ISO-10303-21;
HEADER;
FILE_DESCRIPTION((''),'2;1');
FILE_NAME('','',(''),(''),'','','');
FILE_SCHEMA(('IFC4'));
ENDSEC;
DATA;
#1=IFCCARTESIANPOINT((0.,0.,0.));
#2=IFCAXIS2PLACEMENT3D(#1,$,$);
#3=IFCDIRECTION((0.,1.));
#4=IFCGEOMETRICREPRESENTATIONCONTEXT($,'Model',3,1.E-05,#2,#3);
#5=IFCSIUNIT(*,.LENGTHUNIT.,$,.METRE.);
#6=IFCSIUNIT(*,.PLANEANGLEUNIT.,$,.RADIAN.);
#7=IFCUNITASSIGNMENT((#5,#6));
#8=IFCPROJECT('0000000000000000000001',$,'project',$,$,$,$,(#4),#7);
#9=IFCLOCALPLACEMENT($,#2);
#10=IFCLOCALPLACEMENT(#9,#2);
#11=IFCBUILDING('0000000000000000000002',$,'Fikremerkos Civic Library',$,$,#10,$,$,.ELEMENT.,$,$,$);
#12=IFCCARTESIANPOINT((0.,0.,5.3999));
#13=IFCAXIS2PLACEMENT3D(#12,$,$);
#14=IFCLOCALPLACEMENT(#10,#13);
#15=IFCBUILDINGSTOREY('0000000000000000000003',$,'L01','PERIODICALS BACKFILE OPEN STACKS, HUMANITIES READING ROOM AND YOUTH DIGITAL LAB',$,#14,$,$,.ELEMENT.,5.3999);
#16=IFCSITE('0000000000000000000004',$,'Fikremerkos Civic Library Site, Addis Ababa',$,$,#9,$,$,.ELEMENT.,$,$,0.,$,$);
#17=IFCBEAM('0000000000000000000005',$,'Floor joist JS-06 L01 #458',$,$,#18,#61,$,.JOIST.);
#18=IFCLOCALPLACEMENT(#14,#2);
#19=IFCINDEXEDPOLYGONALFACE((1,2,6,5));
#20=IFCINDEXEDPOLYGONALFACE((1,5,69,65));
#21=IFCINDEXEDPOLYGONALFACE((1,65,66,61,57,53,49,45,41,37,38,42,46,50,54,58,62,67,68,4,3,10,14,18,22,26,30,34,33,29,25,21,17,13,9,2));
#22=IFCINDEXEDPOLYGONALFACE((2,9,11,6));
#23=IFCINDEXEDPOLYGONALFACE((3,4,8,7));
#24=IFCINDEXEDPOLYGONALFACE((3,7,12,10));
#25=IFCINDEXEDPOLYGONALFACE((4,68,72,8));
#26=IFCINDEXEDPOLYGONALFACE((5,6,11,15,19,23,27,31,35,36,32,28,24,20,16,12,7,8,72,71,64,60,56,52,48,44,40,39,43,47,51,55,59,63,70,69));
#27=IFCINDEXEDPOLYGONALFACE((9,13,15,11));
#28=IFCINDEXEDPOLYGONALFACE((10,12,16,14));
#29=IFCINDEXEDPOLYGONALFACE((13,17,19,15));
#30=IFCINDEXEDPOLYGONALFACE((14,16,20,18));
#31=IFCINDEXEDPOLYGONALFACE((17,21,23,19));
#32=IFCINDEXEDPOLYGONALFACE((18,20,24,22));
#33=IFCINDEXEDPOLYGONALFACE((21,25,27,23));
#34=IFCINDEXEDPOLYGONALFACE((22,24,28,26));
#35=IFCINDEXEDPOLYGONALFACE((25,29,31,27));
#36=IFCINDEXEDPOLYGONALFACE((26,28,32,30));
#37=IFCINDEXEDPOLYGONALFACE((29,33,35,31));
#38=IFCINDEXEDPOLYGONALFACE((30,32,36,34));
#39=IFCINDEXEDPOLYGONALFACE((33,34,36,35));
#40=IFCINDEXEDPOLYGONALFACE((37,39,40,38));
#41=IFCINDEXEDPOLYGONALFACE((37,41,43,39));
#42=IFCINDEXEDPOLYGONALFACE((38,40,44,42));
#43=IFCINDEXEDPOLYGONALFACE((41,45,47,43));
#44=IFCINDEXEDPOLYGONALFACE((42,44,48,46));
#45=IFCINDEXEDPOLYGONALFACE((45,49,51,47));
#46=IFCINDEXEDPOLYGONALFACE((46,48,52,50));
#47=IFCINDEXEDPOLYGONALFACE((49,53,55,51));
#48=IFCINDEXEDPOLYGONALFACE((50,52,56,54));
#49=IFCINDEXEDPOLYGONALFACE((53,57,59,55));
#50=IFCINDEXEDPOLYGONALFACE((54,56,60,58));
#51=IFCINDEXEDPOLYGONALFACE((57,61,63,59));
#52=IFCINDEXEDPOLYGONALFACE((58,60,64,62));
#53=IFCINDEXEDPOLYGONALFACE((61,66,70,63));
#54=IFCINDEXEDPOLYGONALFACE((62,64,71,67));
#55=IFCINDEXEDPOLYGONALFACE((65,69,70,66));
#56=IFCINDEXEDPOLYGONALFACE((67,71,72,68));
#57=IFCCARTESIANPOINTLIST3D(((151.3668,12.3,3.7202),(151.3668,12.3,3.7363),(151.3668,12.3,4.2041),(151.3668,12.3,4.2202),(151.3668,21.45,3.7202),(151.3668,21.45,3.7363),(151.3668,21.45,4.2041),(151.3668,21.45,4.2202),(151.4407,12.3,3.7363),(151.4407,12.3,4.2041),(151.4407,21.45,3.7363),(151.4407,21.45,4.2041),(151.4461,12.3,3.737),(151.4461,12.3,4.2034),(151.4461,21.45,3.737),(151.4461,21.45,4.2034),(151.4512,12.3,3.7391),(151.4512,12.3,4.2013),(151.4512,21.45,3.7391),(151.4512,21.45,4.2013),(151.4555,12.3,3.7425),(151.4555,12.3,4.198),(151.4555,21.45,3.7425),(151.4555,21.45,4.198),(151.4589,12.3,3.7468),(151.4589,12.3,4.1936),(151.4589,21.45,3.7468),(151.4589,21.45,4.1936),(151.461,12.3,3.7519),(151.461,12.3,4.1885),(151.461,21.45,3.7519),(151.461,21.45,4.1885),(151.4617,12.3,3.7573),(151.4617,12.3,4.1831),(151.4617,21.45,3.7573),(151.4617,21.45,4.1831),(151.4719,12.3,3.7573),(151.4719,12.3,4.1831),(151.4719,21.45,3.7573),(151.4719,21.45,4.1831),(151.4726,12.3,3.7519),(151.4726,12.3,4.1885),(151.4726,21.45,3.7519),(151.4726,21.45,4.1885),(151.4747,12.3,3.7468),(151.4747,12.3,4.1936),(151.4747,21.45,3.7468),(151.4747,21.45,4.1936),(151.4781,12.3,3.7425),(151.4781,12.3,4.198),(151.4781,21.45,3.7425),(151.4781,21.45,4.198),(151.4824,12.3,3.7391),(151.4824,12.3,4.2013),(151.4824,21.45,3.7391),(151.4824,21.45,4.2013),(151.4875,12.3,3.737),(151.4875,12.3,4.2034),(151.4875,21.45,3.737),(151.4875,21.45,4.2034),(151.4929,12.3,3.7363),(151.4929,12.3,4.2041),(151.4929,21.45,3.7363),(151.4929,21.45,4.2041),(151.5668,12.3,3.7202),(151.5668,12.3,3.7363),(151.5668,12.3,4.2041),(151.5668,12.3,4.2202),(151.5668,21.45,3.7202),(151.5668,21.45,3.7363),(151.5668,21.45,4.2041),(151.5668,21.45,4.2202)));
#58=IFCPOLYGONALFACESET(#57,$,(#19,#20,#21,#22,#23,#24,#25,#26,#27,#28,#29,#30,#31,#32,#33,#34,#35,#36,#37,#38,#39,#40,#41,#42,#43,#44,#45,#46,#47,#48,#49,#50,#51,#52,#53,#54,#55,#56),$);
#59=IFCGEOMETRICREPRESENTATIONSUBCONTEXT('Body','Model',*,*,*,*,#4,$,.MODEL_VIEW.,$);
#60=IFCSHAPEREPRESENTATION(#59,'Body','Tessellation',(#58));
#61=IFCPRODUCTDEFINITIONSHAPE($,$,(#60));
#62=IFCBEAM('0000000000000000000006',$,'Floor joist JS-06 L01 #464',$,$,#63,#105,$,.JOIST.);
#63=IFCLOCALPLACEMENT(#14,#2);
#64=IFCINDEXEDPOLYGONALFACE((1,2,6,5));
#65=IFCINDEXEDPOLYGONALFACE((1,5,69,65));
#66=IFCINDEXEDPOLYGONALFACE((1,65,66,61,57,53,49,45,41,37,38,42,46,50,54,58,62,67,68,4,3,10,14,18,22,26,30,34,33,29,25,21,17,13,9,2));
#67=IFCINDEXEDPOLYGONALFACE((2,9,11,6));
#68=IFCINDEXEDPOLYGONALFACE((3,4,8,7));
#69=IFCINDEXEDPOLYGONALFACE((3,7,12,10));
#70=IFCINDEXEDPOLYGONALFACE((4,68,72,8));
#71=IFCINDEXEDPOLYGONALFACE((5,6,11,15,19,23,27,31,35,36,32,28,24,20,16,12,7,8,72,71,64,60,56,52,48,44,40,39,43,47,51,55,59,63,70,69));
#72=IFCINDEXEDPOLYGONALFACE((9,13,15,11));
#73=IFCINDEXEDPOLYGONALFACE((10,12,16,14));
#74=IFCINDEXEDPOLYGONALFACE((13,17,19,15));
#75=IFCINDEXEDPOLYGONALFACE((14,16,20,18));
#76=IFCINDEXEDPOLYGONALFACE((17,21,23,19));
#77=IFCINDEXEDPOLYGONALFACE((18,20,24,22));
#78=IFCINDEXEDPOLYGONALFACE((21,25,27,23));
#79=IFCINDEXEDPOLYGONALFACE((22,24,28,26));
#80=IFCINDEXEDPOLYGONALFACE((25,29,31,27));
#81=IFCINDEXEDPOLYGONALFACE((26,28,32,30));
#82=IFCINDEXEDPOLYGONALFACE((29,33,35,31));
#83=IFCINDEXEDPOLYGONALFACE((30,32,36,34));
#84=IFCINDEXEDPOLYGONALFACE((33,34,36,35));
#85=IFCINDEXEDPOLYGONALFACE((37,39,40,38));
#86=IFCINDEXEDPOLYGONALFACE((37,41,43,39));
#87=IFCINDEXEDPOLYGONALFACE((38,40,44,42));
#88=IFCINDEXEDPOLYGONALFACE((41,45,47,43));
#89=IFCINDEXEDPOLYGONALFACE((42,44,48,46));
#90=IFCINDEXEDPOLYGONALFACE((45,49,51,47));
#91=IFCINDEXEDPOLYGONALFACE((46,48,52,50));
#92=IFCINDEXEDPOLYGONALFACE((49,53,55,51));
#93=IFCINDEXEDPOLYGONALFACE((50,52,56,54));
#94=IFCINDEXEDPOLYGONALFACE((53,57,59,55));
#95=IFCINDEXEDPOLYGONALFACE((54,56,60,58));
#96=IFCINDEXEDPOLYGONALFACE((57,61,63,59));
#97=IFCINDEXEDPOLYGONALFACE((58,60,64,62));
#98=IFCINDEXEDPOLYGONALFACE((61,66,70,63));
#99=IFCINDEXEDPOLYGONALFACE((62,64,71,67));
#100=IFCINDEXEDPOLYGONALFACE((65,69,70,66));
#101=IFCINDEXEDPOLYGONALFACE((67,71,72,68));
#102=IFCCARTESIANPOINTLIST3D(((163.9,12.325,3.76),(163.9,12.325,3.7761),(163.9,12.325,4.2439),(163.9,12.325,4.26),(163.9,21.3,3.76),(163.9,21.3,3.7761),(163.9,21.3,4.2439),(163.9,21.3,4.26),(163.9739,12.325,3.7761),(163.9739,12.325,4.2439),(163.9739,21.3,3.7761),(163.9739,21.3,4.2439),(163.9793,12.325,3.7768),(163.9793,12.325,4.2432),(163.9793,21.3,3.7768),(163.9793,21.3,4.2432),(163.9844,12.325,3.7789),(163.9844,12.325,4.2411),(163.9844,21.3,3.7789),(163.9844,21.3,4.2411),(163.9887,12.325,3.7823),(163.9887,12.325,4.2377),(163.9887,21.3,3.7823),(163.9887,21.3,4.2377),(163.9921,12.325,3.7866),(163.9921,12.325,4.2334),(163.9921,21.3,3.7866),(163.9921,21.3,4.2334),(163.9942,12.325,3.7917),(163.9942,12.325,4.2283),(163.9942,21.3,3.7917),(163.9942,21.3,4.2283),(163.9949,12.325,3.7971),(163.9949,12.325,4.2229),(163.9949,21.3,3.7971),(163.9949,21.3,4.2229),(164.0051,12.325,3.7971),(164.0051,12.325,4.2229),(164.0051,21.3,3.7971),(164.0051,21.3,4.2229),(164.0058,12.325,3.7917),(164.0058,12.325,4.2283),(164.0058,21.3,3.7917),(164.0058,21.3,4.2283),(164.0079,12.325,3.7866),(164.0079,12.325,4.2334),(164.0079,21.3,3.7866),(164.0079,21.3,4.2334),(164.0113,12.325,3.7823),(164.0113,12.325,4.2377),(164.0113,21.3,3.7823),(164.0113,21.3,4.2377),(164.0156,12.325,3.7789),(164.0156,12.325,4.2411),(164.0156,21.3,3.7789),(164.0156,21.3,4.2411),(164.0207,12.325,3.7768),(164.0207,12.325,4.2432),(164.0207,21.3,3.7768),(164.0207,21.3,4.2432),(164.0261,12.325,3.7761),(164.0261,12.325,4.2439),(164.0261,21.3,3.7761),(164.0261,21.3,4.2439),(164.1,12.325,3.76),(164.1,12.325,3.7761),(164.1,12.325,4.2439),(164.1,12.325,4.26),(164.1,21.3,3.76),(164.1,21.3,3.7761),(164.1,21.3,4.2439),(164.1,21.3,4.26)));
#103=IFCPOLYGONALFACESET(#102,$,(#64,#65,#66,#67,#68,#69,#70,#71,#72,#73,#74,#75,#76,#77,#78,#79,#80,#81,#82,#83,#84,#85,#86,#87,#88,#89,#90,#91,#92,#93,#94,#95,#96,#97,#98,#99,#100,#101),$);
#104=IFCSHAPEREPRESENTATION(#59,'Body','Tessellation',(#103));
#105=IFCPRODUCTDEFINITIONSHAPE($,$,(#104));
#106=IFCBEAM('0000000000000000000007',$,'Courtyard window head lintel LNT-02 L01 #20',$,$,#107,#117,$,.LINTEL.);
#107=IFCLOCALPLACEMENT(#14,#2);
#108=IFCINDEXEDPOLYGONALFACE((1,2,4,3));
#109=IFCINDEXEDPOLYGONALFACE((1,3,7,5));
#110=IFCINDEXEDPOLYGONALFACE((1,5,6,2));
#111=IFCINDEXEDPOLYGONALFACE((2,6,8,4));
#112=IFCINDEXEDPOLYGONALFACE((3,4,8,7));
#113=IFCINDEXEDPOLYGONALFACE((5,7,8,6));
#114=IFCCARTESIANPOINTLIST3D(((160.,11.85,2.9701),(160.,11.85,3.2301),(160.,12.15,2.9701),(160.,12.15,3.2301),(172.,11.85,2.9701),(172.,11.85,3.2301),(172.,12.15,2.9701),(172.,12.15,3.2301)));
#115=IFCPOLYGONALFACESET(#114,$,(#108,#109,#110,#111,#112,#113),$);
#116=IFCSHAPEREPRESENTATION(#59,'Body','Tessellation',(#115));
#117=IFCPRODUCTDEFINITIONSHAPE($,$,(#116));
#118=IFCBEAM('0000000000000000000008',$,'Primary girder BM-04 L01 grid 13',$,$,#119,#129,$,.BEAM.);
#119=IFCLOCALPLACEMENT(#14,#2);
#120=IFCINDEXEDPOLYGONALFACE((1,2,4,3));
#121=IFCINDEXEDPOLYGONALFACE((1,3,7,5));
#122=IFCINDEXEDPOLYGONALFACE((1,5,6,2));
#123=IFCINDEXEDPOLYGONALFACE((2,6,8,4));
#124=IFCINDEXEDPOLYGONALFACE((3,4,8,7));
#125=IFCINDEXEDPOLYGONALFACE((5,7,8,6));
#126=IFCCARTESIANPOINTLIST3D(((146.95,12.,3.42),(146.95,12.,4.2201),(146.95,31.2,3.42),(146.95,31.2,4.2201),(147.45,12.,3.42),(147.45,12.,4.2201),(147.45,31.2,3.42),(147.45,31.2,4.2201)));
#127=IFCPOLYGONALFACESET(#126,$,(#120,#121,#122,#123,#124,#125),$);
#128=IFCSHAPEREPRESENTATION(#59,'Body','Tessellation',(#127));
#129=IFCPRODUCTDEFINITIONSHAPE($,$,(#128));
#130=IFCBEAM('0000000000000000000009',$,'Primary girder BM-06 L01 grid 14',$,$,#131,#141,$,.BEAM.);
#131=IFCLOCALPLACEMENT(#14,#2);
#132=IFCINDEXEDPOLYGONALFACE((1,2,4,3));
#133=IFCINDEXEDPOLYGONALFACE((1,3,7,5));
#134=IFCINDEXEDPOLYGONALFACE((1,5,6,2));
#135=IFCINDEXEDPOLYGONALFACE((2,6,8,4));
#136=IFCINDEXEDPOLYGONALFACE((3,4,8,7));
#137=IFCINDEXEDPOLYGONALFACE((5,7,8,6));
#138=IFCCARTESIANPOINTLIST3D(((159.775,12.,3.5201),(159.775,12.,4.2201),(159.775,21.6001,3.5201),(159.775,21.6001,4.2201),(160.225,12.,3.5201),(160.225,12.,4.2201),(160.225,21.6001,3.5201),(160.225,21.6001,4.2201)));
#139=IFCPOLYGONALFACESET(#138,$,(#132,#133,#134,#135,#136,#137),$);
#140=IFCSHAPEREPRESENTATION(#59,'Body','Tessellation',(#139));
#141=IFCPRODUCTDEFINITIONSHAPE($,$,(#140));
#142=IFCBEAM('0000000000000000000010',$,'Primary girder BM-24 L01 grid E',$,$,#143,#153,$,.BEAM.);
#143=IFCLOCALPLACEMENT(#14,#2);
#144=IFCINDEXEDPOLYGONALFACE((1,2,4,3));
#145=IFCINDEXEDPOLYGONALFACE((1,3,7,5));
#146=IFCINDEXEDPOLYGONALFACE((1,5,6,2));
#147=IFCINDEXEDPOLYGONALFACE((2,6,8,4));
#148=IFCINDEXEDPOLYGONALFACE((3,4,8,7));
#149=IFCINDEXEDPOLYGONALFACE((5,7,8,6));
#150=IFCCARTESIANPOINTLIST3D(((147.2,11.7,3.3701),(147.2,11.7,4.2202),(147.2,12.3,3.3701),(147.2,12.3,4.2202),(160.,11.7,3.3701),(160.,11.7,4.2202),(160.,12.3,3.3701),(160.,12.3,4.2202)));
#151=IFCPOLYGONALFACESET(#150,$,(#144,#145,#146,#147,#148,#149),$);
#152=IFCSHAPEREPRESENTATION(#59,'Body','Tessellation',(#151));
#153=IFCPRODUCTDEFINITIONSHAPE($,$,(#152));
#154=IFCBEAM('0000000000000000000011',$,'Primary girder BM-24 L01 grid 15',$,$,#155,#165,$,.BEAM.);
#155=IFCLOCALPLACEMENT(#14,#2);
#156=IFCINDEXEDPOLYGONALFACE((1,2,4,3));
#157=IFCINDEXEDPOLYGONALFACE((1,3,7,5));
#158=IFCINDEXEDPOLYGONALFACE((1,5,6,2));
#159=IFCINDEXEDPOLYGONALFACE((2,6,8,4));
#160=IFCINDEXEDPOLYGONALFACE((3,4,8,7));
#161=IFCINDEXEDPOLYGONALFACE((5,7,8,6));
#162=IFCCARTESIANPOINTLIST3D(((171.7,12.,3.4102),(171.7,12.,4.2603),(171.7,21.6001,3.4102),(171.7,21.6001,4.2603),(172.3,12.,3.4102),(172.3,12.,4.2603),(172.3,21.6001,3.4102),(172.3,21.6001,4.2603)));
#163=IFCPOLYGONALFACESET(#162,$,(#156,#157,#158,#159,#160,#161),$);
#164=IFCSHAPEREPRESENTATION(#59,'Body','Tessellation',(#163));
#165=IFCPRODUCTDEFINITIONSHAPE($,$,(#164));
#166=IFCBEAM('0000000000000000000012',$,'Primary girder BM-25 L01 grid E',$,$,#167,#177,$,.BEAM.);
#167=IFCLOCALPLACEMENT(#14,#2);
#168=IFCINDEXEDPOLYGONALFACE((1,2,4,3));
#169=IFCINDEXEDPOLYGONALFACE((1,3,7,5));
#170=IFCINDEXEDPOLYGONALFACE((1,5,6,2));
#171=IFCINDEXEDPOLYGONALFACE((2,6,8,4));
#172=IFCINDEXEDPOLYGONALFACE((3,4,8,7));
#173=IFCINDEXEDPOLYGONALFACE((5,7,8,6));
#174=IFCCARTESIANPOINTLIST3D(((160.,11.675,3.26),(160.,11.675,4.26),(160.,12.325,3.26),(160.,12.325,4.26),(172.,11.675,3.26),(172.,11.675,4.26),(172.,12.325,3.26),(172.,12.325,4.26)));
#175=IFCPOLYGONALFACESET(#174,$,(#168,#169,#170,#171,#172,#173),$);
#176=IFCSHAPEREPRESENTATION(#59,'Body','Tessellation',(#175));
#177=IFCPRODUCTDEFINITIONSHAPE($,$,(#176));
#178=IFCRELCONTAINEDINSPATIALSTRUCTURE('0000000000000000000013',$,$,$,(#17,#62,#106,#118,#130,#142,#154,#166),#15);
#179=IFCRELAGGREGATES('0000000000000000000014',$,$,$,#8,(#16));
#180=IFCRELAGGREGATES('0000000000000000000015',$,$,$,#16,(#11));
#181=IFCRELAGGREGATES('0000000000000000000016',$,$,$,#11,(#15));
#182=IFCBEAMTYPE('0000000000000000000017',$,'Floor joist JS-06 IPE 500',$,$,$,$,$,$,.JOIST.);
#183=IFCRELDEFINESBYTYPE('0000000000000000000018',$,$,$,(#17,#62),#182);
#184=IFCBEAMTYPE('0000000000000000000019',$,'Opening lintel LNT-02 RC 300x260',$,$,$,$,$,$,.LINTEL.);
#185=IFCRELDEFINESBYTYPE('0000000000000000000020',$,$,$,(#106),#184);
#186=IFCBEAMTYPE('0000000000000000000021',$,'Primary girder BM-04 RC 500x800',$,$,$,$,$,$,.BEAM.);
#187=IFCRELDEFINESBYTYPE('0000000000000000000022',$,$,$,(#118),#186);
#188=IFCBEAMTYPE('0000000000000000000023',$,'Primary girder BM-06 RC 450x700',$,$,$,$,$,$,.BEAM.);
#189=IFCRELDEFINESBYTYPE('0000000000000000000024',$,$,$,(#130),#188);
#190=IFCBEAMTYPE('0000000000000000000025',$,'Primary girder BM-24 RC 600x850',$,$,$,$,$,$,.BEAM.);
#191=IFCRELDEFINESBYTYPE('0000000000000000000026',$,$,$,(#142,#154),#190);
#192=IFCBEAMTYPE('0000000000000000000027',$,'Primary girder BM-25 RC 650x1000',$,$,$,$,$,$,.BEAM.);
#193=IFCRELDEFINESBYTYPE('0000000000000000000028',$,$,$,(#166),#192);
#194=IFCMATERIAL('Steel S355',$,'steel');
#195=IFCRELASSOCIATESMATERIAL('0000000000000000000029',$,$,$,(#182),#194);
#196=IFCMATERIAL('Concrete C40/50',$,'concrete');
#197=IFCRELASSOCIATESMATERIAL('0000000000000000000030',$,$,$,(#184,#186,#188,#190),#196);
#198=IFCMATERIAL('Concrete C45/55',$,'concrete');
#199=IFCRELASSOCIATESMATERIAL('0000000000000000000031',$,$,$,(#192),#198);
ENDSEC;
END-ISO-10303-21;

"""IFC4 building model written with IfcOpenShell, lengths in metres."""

from ifc_helpers import new_model, si_unit, direction, frame, origin, origin_2d, place, context, subcontext, project, spatial, rectangle, i_section, extrude, material, material_profile, profile_set, type_object, element, save


model = new_model("IFC4")

# Units and contexts
model_context = context("Model", 3, precision=1e-05, world=origin(), true_north=direction((0.0, 1.0)))
body_context = subcontext(model_context, "Body", "Model", "MODEL_VIEW")
ifc_project = project(units=[si_unit("LENGTHUNIT", "METRE"), si_unit("PLANEANGLEUNIT", "RADIAN")], contexts=[model_context])

# Site, building, storey
site_placement = place(None, origin())
site = spatial("IfcSite", under=ifc_project, at=site_placement, Name="Fikremerkos Civic Library Site, Addis Ababa", CompositionType="ELEMENT", RefElevation=0.0)
building_placement = place(site_placement, origin())
building = spatial("IfcBuilding", under=site, at=building_placement, Name="Fikremerkos Civic Library", CompositionType="ELEMENT")
storey_placement = place(building_placement, frame((0.0, 0.0, 5.3999)))
storey = spatial("IfcBuildingStorey", under=building, at=storey_placement, Name="L01", Description="PERIODICALS BACKFILE OPEN STACKS, HUMANITIES READING ROOM AND YOUTH DIGITAL LAB", CompositionType="ELEMENT", Elevation=5.3999)

# Shared definitions
ifc_material_1 = material(Name="Concrete C40/50", Category="concrete")

# Beams
ifc_material_2 = material(Name="Steel S355", Category="steel")
ifc_material_profile_1 = material_profile(ifc_material_2, i_section(OverallWidth=0.2, OverallDepth=0.5, WebThickness=0.0103, FlangeThickness=0.0161, FilletRadius=0.021, at=origin_2d()), Name="IPE 500")
ifc_profile_set_1 = profile_set([ifc_material_profile_1], Name="Steel S355")
beam_type_1 = type_object("IfcBeamType", Name="Floor joist JS-06 IPE 500", PredefinedType="JOIST", material=ifc_profile_set_1)
beam_1_placement = place(storey_placement, frame((151.4668, 12.3, 3.9702), z_axis=(0.0, 1.0, 0.0), x_axis=(-1.0, 0.0, 0.0)))
element("IfcBeam", 1, at=beam_1_placement, inside=storey, type_object=beam_type_1, Name="Floor joist JS-06 L01 #458", PredefinedType="JOIST", context=body_context, shape_type="SweptSolid", body=[
    extrude(i_section(OverallWidth=0.2, OverallDepth=0.5, WebThickness=0.0103, FlangeThickness=0.0161, FilletRadius=0.021, at=origin_2d()), origin(), (0.0, 0.0, 1.0), 9.1499),
])
beam_2_placement = place(storey_placement, frame((164.0, 12.325, 4.01), z_axis=(0.0, 1.0, 0.0), x_axis=(-1.0, 0.0, 0.0)))
element("IfcBeam", 2, at=beam_2_placement, inside=storey, type_object=beam_type_1, Name="Floor joist JS-06 L01 #464", PredefinedType="JOIST", context=body_context, shape_type="SweptSolid", body=[
    extrude(i_section(OverallWidth=0.2, OverallDepth=0.5, WebThickness=0.0103, FlangeThickness=0.0161, FilletRadius=0.021, at=origin_2d()), origin(), (0.0, 0.0, 1.0), 8.9751),
])
ifc_material_profile_2 = material_profile(ifc_material_1, rectangle(XDim=0.3, YDim=0.26, at=origin_2d()), Name="RC 300x260")
ifc_profile_set_2 = profile_set([ifc_material_profile_2], Name="Concrete C40/50")
beam_type_2 = type_object("IfcBeamType", Name="Opening lintel LNT-02 RC 300x260", PredefinedType="LINTEL", material=ifc_profile_set_2)
beam_3_placement = place(storey_placement, frame((172.0, 12.0, 3.1001), z_axis=(-1.0, 0.0, 0.0), x_axis=(0.0, -1.0, 0.0)))
element("IfcBeam", 3, at=beam_3_placement, inside=storey, type_object=beam_type_2, Name="Courtyard window head lintel LNT-02 L01 #20", PredefinedType="LINTEL", context=body_context, shape_type="SweptSolid", body=[
    extrude(rectangle(XDim=0.3, YDim=0.26, at=origin_2d()), origin(), (0.0, 0.0, 1.0), 12.0),
])
ifc_material_profile_3 = material_profile(ifc_material_1, rectangle(XDim=0.5, YDim=0.8, at=origin_2d()), Name="RC 500x800")
ifc_profile_set_3 = profile_set([ifc_material_profile_3], Name="Concrete C40/50")
beam_type_3 = type_object("IfcBeamType", Name="Primary girder BM-04 RC 500x800", PredefinedType="BEAM", material=ifc_profile_set_3)
beam_4_placement = place(storey_placement, frame((147.2, 12.0, 3.8201), z_axis=(0.0, 1.0, 0.0), x_axis=(-1.0, 0.0, 0.0)))
element("IfcBeam", 4, at=beam_4_placement, inside=storey, type_object=beam_type_3, Name="Primary girder BM-04 L01 grid 13", PredefinedType="BEAM", context=body_context, shape_type="SweptSolid", body=[
    extrude(rectangle(XDim=0.5, YDim=0.8, at=origin_2d()), origin(), (0.0, 0.0, 1.0), 19.2),
])
ifc_material_profile_4 = material_profile(ifc_material_1, rectangle(XDim=0.45, YDim=0.7, at=origin_2d()), Name="RC 450x700")
ifc_profile_set_4 = profile_set([ifc_material_profile_4], Name="Concrete C40/50")
beam_type_4 = type_object("IfcBeamType", Name="Primary girder BM-06 RC 450x700", PredefinedType="BEAM", material=ifc_profile_set_4)
beam_5_placement = place(storey_placement, frame((160.0, 12.0, 3.8701), z_axis=(0.0, 1.0, 0.0), x_axis=(-1.0, 0.0, 0.0)))
element("IfcBeam", 5, at=beam_5_placement, inside=storey, type_object=beam_type_4, Name="Primary girder BM-06 L01 grid 14", PredefinedType="BEAM", context=body_context, shape_type="SweptSolid", body=[
    extrude(rectangle(XDim=0.45, YDim=0.7, at=origin_2d()), origin(), (0.0, 0.0, 1.0), 9.6001),
])
ifc_material_profile_5 = material_profile(ifc_material_1, rectangle(XDim=0.6001, YDim=0.8501, at=origin_2d()), Name="RC 600x850")
ifc_profile_set_5 = profile_set([ifc_material_profile_5], Name="Concrete C40/50")
beam_type_5 = type_object("IfcBeamType", Name="Primary girder BM-24 RC 600x850", PredefinedType="BEAM", material=ifc_profile_set_5)
beam_6_placement = place(storey_placement, frame((147.2, 12.0, 3.7952), z_axis=(1.0, 0.0, 0.0), x_axis=(0.0, 1.0, 0.0)))
element("IfcBeam", 6, at=beam_6_placement, inside=storey, type_object=beam_type_5, Name="Primary girder BM-24 L01 grid E", PredefinedType="BEAM", context=body_context, shape_type="SweptSolid", body=[
    extrude(rectangle(XDim=0.6001, YDim=0.8501, at=origin_2d()), origin(), (0.0, 0.0, 1.0), 12.8),
])
beam_7_placement = place(storey_placement, frame((172.0, 12.0, 3.8352), z_axis=(0.0, 1.0, 0.0), x_axis=(-1.0, 0.0, 0.0)))
element("IfcBeam", 7, at=beam_7_placement, inside=storey, type_object=beam_type_5, Name="Primary girder BM-24 L01 grid 15", PredefinedType="BEAM", context=body_context, shape_type="SweptSolid", body=[
    extrude(rectangle(XDim=0.6001, YDim=0.8501, at=origin_2d()), origin(), (0.0, 0.0, 1.0), 9.6001),
])
ifc_material_3 = material(Name="Concrete C45/55", Category="concrete")
ifc_material_profile_6 = material_profile(ifc_material_3, rectangle(XDim=0.6499, YDim=1.0, at=origin_2d()), Name="RC 650x1000")
ifc_profile_set_6 = profile_set([ifc_material_profile_6], Name="Concrete C45/55")
beam_type_6 = type_object("IfcBeamType", Name="Primary girder BM-25 RC 650x1000", PredefinedType="BEAM", material=ifc_profile_set_6)
beam_8_placement = place(storey_placement, frame((160.0, 12.0, 3.76), z_axis=(1.0, 0.0, 0.0), x_axis=(0.0, 1.0, 0.0)))
element("IfcBeam", 8, at=beam_8_placement, inside=storey, type_object=beam_type_6, Name="Primary girder BM-25 L01 grid E", PredefinedType="BEAM", context=body_context, shape_type="SweptSolid", body=[
    extrude(rectangle(XDim=0.6499, YDim=1.0, at=origin_2d()), origin(), (0.0, 0.0, 1.0), 12.0),
])

save(model, "model.ifc")
